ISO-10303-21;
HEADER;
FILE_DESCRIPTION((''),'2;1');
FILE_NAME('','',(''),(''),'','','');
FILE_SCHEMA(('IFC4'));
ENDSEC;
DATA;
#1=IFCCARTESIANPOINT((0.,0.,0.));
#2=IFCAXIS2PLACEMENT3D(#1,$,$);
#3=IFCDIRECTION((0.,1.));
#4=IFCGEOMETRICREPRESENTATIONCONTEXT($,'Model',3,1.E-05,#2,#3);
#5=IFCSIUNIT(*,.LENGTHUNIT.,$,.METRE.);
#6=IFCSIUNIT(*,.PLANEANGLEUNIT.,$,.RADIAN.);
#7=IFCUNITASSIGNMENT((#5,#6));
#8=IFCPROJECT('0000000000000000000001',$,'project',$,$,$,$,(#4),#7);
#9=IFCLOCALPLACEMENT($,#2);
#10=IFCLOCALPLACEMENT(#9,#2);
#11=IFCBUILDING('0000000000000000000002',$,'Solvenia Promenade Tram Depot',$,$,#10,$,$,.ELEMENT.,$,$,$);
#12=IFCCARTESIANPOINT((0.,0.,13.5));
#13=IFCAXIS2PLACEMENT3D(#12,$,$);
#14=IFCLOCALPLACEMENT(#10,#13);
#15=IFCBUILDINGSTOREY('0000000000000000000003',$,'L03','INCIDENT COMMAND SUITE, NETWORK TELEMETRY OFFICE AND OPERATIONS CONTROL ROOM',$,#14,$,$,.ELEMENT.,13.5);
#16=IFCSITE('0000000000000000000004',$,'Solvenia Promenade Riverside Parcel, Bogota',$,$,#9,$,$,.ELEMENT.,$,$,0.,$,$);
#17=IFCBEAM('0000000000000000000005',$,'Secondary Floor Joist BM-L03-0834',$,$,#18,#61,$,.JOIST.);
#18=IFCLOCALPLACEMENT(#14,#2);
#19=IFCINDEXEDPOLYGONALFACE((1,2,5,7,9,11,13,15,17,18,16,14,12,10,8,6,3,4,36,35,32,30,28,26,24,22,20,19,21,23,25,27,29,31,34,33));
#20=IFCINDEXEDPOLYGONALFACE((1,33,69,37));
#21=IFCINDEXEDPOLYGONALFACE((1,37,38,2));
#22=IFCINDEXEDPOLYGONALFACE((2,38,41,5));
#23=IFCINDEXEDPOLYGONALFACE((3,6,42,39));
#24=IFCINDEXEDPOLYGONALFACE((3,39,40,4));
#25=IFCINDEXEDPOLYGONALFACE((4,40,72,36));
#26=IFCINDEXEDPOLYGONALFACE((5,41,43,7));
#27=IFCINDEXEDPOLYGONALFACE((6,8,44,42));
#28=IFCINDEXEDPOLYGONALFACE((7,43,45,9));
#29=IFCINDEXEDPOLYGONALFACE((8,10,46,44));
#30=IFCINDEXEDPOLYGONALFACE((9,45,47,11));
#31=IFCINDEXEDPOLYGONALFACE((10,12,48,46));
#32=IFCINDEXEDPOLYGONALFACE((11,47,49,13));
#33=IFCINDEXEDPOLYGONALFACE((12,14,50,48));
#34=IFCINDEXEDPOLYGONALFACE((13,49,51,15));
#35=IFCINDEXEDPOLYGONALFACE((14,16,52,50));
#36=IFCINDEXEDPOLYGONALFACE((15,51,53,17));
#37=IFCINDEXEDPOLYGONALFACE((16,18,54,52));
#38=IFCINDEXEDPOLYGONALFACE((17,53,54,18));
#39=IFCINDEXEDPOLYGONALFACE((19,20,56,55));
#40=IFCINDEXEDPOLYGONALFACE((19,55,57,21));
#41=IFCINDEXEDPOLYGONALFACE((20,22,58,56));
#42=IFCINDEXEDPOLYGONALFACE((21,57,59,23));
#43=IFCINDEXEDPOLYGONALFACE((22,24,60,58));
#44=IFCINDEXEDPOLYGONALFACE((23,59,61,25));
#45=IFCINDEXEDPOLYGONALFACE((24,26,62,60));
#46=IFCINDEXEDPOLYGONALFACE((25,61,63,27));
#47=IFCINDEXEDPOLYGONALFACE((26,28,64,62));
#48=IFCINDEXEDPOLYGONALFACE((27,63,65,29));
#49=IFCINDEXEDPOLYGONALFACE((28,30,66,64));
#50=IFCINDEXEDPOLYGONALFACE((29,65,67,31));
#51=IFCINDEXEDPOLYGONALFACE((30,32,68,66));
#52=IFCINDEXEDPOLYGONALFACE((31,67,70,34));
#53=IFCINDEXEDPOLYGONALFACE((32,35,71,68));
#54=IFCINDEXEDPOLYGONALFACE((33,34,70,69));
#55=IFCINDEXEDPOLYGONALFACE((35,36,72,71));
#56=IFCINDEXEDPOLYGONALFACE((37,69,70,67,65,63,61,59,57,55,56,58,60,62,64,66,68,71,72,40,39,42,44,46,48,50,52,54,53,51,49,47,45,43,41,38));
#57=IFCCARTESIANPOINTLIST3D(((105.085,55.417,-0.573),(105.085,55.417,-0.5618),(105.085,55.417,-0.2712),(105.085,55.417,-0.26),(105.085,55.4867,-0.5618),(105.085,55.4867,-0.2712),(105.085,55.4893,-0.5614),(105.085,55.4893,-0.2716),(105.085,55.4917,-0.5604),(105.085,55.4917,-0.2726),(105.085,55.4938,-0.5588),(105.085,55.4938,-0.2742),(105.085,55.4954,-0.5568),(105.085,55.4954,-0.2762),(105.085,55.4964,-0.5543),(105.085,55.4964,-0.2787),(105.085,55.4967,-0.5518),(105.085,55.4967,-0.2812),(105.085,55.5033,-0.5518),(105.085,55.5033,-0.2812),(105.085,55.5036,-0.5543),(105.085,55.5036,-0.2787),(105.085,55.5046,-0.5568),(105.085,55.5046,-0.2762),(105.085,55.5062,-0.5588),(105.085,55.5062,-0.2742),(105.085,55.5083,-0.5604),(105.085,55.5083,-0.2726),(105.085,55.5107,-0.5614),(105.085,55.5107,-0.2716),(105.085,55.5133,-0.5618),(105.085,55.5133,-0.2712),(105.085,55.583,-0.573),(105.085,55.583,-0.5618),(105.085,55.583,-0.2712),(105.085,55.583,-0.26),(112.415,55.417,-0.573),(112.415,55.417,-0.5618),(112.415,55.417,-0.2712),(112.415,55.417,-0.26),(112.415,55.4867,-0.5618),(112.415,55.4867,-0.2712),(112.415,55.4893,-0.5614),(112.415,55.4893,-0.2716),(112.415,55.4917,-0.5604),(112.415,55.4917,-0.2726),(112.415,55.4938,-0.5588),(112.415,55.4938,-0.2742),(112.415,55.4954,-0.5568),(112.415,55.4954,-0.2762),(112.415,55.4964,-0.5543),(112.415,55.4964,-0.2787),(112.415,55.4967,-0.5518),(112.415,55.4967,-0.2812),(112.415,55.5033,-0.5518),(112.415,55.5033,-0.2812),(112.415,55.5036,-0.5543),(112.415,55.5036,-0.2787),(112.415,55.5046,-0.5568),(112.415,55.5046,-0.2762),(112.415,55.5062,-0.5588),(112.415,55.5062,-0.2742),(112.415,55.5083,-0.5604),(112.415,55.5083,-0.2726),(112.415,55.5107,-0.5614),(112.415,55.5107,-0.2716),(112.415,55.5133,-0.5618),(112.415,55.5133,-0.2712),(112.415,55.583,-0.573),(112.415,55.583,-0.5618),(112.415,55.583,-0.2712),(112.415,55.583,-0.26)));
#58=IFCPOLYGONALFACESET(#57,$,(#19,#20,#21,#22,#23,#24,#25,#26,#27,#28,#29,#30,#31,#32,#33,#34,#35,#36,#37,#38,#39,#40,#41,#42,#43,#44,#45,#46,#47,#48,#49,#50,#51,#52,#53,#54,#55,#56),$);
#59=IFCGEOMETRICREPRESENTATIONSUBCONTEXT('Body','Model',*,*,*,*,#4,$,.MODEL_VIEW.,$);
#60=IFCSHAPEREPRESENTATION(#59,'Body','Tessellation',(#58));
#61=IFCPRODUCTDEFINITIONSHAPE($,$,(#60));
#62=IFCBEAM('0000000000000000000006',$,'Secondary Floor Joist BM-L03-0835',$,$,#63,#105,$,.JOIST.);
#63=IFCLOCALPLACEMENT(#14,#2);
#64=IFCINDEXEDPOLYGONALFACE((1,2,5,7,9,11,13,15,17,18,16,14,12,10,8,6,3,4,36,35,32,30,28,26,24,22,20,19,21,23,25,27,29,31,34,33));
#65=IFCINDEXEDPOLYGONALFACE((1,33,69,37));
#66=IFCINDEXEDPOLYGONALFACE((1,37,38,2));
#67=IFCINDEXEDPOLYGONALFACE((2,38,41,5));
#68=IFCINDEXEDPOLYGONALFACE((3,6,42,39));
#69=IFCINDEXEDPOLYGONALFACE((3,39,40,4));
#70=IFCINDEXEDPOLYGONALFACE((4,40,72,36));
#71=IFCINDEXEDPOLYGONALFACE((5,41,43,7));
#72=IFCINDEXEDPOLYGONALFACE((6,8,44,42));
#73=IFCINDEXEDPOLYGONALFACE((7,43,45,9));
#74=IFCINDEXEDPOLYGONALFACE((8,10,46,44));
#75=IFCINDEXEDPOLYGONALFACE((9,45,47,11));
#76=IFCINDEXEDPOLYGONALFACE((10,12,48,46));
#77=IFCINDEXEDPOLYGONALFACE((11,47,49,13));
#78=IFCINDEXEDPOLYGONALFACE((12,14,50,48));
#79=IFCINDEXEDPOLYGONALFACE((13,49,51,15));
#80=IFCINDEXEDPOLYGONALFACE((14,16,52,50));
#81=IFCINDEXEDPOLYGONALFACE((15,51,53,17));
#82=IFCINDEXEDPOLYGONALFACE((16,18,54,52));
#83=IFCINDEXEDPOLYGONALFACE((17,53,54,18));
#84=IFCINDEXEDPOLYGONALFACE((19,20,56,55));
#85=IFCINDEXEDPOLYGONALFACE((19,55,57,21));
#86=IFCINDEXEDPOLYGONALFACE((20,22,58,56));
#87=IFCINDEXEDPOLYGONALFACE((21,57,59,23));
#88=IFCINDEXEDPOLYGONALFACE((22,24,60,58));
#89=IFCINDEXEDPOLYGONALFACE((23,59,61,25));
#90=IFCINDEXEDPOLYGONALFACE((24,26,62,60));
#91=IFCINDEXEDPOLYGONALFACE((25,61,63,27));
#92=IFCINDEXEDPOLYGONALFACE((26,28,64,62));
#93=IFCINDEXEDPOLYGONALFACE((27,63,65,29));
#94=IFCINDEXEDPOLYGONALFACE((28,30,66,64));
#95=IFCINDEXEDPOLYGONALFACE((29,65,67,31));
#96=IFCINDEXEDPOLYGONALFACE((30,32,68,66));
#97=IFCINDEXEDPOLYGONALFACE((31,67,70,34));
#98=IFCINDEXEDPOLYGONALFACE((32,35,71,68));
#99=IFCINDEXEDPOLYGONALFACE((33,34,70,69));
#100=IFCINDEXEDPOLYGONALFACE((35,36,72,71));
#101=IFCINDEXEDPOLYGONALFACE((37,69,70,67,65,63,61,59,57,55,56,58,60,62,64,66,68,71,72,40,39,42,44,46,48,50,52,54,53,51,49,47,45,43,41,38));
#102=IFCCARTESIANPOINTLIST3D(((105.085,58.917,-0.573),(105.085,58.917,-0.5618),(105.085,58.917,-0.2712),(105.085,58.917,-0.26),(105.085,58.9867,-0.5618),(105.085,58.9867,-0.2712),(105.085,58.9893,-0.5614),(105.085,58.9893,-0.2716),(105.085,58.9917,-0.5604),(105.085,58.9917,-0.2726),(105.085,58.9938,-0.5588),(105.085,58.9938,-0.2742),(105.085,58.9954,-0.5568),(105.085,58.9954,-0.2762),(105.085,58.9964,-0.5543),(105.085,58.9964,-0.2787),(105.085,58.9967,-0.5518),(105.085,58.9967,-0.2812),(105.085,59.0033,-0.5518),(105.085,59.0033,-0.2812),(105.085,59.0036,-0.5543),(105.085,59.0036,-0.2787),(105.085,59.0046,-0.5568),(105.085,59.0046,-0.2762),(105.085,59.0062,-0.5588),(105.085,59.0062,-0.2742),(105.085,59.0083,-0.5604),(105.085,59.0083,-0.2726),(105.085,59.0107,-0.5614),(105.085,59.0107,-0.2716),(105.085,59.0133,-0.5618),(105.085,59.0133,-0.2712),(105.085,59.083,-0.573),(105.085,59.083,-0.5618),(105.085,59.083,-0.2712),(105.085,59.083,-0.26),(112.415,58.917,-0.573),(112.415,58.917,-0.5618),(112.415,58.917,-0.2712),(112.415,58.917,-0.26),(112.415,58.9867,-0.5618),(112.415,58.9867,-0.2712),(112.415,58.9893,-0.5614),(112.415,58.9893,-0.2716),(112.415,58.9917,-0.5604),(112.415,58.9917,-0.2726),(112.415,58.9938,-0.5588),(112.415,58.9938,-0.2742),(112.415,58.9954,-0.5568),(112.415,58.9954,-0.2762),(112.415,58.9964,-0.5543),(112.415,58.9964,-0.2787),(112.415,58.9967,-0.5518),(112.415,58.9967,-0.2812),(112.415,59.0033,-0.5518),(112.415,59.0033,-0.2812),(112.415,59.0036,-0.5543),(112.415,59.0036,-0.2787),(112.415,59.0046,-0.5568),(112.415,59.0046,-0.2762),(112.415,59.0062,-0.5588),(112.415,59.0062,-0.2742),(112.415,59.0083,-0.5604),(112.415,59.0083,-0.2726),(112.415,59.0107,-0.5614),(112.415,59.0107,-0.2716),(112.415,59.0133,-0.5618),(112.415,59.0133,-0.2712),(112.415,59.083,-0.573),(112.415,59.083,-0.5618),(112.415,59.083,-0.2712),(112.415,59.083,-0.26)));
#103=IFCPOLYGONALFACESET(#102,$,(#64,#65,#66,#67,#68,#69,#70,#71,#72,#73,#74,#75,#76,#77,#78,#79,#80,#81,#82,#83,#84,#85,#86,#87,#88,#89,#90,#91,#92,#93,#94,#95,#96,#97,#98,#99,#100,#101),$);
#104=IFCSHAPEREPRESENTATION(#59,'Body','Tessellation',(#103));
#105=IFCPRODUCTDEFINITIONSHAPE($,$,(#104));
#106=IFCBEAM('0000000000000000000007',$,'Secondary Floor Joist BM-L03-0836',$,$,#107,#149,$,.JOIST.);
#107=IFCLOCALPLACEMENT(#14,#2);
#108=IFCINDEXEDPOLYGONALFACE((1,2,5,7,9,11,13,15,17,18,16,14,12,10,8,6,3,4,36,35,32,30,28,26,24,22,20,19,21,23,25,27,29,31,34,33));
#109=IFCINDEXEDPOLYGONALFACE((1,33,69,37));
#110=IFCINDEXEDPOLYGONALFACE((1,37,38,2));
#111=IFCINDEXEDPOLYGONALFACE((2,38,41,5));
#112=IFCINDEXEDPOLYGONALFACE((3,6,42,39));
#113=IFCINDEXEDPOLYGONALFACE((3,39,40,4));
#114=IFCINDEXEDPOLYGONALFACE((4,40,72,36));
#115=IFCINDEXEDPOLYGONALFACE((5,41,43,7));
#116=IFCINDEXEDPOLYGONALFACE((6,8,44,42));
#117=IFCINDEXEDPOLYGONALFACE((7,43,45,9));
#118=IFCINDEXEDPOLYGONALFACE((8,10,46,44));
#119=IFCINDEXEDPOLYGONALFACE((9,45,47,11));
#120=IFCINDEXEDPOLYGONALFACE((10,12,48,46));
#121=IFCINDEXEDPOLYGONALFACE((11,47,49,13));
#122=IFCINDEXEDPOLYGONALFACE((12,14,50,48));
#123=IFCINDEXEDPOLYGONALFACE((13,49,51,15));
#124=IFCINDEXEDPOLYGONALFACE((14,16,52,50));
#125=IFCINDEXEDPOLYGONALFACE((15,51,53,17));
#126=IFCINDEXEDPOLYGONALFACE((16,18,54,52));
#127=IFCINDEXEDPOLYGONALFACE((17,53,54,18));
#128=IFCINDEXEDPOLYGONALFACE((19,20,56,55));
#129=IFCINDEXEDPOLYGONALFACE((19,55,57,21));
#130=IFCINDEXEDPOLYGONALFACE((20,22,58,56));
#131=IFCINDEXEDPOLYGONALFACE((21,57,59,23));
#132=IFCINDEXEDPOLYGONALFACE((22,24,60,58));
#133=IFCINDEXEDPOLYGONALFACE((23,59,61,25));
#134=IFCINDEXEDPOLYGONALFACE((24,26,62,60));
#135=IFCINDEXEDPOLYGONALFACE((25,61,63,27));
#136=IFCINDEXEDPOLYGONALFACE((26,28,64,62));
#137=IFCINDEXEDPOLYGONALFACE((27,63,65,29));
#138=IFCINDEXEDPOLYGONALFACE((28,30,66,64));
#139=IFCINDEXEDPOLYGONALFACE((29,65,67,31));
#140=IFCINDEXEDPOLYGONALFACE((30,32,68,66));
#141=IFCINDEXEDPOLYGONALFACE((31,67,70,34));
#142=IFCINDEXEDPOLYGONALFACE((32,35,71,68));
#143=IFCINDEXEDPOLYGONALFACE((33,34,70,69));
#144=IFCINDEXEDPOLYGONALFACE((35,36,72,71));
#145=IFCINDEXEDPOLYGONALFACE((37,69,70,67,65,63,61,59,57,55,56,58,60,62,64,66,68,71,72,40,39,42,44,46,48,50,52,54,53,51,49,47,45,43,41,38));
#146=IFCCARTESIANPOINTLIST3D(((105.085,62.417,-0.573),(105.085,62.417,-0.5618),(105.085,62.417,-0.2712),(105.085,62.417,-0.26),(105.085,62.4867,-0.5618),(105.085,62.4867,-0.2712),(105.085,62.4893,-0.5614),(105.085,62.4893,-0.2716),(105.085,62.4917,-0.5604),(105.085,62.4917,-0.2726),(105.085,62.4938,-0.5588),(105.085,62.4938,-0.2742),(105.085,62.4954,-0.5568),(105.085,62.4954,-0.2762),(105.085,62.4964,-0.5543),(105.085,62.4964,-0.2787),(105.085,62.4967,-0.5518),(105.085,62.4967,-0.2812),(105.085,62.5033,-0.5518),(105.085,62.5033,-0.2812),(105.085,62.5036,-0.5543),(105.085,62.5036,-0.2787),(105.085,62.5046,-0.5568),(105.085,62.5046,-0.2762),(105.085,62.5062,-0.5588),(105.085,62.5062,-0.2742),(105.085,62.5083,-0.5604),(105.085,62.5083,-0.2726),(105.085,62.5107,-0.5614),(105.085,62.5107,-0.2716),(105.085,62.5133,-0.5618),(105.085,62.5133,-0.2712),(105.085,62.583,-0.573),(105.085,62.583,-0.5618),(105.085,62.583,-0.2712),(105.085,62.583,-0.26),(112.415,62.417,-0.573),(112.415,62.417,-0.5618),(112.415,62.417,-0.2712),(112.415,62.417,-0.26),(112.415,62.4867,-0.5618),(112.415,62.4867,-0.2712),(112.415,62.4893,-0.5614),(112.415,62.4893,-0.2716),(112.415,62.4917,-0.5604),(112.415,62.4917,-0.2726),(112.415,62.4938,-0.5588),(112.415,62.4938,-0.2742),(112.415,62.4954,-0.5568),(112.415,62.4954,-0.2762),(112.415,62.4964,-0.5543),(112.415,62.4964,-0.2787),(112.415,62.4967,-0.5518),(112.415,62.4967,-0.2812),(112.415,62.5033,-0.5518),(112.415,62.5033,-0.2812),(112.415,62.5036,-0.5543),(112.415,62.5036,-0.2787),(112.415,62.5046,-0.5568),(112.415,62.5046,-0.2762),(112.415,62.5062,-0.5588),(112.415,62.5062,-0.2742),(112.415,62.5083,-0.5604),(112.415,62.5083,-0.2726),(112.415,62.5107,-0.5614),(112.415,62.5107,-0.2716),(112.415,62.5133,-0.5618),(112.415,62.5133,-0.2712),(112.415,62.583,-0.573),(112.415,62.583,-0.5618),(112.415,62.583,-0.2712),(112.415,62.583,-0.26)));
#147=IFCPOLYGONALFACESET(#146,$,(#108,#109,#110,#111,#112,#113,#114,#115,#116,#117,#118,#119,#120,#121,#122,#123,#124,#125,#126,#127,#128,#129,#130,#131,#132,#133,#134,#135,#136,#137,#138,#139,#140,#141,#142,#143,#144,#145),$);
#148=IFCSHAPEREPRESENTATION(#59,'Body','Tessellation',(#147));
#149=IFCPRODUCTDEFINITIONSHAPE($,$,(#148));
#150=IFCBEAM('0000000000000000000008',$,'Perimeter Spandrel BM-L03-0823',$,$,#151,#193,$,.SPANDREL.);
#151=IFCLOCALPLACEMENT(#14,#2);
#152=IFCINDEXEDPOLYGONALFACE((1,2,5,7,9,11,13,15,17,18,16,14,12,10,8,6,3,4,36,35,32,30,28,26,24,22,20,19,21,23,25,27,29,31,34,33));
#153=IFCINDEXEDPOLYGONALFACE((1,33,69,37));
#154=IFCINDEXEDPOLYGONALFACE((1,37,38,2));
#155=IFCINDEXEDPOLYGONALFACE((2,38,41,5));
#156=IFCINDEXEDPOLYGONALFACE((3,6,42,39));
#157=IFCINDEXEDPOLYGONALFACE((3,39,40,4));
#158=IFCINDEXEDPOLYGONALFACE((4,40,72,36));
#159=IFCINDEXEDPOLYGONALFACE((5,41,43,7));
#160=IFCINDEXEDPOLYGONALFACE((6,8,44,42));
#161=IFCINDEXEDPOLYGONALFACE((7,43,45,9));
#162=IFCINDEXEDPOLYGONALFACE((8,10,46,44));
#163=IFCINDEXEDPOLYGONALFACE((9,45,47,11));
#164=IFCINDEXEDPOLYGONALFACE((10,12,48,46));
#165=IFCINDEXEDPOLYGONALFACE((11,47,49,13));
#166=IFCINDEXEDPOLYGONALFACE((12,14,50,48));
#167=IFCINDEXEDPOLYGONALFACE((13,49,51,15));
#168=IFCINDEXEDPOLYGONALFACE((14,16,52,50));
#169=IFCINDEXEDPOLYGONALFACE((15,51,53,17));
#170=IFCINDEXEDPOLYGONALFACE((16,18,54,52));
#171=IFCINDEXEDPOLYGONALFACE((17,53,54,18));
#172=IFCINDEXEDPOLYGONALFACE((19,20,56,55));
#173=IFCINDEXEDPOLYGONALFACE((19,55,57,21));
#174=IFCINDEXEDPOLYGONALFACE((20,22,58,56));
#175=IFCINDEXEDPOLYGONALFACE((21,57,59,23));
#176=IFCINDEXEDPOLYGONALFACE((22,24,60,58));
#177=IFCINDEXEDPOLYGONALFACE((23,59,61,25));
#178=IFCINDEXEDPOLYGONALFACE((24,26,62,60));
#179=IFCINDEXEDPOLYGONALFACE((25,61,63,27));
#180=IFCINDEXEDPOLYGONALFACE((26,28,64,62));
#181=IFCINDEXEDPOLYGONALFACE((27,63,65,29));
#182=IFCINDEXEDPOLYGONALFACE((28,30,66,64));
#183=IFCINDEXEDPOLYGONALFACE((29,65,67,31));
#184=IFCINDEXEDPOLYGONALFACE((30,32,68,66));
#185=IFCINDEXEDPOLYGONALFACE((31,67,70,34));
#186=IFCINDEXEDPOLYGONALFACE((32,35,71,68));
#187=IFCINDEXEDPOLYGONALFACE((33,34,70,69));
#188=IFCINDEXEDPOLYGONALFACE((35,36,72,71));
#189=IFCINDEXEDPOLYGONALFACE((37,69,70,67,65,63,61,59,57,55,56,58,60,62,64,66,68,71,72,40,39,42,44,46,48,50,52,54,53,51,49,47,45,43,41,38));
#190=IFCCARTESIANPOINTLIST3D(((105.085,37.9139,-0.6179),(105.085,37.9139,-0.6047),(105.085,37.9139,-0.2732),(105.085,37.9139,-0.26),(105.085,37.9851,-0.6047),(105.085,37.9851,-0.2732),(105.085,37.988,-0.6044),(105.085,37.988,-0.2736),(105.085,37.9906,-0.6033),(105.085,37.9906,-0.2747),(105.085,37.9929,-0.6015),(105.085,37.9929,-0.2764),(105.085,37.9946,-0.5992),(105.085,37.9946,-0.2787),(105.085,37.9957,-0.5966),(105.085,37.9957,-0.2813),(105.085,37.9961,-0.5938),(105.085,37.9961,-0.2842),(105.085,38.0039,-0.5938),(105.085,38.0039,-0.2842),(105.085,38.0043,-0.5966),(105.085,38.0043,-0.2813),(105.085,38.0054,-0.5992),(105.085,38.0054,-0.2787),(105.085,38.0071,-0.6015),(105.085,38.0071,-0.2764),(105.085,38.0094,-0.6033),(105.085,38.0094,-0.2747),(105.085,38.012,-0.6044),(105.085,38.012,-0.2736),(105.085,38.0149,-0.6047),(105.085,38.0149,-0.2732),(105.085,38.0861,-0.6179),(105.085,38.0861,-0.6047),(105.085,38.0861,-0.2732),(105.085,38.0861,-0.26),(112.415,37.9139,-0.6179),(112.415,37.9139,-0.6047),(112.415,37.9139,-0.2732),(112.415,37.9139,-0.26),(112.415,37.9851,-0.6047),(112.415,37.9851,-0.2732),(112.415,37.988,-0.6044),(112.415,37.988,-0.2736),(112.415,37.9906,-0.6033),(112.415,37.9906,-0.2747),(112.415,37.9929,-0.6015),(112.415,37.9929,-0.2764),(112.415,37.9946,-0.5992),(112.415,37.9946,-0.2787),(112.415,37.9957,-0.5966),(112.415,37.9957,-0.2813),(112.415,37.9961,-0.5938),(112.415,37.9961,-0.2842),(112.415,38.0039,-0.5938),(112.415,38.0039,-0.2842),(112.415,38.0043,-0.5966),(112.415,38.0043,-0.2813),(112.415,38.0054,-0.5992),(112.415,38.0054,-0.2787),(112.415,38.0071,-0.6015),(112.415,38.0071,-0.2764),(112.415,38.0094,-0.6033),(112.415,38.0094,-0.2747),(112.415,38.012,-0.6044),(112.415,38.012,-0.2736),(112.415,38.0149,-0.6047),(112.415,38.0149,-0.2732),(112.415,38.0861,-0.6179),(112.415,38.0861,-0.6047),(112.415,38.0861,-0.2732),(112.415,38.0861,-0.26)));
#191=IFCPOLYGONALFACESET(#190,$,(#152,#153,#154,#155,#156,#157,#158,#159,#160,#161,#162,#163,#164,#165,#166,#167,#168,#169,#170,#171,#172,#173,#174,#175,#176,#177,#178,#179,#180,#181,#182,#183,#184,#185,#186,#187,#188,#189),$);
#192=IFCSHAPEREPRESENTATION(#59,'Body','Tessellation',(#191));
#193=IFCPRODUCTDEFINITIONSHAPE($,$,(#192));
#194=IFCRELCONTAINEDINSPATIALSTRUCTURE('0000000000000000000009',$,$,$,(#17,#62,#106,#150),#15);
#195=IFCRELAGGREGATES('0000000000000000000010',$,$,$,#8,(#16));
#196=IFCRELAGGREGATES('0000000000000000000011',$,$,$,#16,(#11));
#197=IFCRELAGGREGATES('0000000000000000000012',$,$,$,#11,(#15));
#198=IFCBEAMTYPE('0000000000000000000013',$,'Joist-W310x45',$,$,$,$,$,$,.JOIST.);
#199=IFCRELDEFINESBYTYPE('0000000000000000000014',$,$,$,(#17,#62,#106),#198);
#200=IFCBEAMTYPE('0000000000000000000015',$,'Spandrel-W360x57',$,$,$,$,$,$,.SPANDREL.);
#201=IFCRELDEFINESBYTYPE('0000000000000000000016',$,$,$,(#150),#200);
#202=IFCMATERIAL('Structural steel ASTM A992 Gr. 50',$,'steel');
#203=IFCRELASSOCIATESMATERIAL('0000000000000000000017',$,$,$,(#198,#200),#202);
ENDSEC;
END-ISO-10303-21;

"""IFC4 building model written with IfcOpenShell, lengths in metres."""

from ifc_helpers import new_model, si_unit, direction, frame, origin, origin_2d, place, context, subcontext, project, spatial, i_section, extrude, material, material_profile, profile_set, type_object, element, save


model = new_model("IFC4")

# Units and contexts
model_context = context("Model", 3, precision=1e-05, world=origin(), true_north=direction((0.0, 1.0)))
body_context = subcontext(model_context, "Body", "Model", "MODEL_VIEW")
ifc_project = project(units=[si_unit("LENGTHUNIT", "METRE"), si_unit("PLANEANGLEUNIT", "RADIAN")], contexts=[model_context])

# Site, building, storey
site_placement = place(None, origin())
site = spatial("IfcSite", under=ifc_project, at=site_placement, Name="Solvenia Promenade Riverside Parcel, Bogota", CompositionType="ELEMENT", RefElevation=0.0)
building_placement = place(site_placement, origin())
building = spatial("IfcBuilding", under=site, at=building_placement, Name="Solvenia Promenade Tram Depot", CompositionType="ELEMENT")
storey_placement = place(building_placement, frame((0.0, 0.0, 13.5)))
storey = spatial("IfcBuildingStorey", under=building, at=storey_placement, Name="L03", Description="INCIDENT COMMAND SUITE, NETWORK TELEMETRY OFFICE AND OPERATIONS CONTROL ROOM", CompositionType="ELEMENT", Elevation=13.5)

# Beams
ifc_material_1 = material(Name="Structural steel ASTM A992 Gr. 50", Category="steel")
ifc_material_profile_1 = material_profile(ifc_material_1, i_section(OverallWidth=0.166, OverallDepth=0.313, WebThickness=0.0066, FlangeThickness=0.0112, FilletRadius=0.01, at=origin_2d()), Name="W310x45", Category="steel")
ifc_profile_set_1 = profile_set([ifc_material_profile_1], Name="Structural steel ASTM A992 Gr. 50")
beam_type_1 = type_object("IfcBeamType", Name="Joist-W310x45", PredefinedType="JOIST", material=ifc_profile_set_1)
for number, where, z_axis, x_axis, name in (
    (1, (105.085, 55.5, -0.4165), (1.0, 0.0, 0.0), (0.0, 1.0, 0.0), "Secondary Floor Joist BM-L03-0834"),
    (2, (105.085, 59.0, -0.4165), (1.0, 0.0, 0.0), (0.0, 1.0, 0.0), "Secondary Floor Joist BM-L03-0835"),
    (3, (105.085, 62.5, -0.4165), (1.0, 0.0, 0.0), (0.0, 1.0, 0.0), "Secondary Floor Joist BM-L03-0836"),
):
    element("IfcBeam", number, at=place(storey_placement, frame(where, z_axis=z_axis, x_axis=x_axis)), inside=storey, type_object=beam_type_1, Name=name, PredefinedType="JOIST", context=body_context, shape_type="SweptSolid", body=[
        extrude(i_section(OverallWidth=0.166, OverallDepth=0.313, WebThickness=0.0066, FlangeThickness=0.0112, FilletRadius=0.01, at=origin_2d()), origin(), (0.0, 0.0, 1.0), 7.3301),
    ])
ifc_material_profile_2 = material_profile(ifc_material_1, i_section(OverallWidth=0.1721, OverallDepth=0.3579, WebThickness=0.0078, FlangeThickness=0.0132, FilletRadius=0.011, at=origin_2d()), Name="W360x57", Category="steel")
ifc_profile_set_2 = profile_set([ifc_material_profile_2], Name="Structural steel ASTM A992 Gr. 50")
beam_type_2 = type_object("IfcBeamType", Name="Spandrel-W360x57", PredefinedType="SPANDREL", material=ifc_profile_set_2)
for number, where, z_axis, x_axis, name in (
    (4, (105.085, 38.0, -0.439), (1.0, 0.0, 0.0), (0.0, 1.0, 0.0), "Perimeter Spandrel BM-L03-0823"),
):
    element("IfcBeam", number, at=place(storey_placement, frame(where, z_axis=z_axis, x_axis=x_axis)), inside=storey, type_object=beam_type_2, Name=name, PredefinedType="SPANDREL", context=body_context, shape_type="SweptSolid", body=[
        extrude(i_section(OverallWidth=0.1721, OverallDepth=0.3579, WebThickness=0.0078, FlangeThickness=0.0132, FilletRadius=0.011, at=origin_2d()), origin(), (0.0, 0.0, 1.0), 7.3301),
    ])

save(model, "model.ifc")
